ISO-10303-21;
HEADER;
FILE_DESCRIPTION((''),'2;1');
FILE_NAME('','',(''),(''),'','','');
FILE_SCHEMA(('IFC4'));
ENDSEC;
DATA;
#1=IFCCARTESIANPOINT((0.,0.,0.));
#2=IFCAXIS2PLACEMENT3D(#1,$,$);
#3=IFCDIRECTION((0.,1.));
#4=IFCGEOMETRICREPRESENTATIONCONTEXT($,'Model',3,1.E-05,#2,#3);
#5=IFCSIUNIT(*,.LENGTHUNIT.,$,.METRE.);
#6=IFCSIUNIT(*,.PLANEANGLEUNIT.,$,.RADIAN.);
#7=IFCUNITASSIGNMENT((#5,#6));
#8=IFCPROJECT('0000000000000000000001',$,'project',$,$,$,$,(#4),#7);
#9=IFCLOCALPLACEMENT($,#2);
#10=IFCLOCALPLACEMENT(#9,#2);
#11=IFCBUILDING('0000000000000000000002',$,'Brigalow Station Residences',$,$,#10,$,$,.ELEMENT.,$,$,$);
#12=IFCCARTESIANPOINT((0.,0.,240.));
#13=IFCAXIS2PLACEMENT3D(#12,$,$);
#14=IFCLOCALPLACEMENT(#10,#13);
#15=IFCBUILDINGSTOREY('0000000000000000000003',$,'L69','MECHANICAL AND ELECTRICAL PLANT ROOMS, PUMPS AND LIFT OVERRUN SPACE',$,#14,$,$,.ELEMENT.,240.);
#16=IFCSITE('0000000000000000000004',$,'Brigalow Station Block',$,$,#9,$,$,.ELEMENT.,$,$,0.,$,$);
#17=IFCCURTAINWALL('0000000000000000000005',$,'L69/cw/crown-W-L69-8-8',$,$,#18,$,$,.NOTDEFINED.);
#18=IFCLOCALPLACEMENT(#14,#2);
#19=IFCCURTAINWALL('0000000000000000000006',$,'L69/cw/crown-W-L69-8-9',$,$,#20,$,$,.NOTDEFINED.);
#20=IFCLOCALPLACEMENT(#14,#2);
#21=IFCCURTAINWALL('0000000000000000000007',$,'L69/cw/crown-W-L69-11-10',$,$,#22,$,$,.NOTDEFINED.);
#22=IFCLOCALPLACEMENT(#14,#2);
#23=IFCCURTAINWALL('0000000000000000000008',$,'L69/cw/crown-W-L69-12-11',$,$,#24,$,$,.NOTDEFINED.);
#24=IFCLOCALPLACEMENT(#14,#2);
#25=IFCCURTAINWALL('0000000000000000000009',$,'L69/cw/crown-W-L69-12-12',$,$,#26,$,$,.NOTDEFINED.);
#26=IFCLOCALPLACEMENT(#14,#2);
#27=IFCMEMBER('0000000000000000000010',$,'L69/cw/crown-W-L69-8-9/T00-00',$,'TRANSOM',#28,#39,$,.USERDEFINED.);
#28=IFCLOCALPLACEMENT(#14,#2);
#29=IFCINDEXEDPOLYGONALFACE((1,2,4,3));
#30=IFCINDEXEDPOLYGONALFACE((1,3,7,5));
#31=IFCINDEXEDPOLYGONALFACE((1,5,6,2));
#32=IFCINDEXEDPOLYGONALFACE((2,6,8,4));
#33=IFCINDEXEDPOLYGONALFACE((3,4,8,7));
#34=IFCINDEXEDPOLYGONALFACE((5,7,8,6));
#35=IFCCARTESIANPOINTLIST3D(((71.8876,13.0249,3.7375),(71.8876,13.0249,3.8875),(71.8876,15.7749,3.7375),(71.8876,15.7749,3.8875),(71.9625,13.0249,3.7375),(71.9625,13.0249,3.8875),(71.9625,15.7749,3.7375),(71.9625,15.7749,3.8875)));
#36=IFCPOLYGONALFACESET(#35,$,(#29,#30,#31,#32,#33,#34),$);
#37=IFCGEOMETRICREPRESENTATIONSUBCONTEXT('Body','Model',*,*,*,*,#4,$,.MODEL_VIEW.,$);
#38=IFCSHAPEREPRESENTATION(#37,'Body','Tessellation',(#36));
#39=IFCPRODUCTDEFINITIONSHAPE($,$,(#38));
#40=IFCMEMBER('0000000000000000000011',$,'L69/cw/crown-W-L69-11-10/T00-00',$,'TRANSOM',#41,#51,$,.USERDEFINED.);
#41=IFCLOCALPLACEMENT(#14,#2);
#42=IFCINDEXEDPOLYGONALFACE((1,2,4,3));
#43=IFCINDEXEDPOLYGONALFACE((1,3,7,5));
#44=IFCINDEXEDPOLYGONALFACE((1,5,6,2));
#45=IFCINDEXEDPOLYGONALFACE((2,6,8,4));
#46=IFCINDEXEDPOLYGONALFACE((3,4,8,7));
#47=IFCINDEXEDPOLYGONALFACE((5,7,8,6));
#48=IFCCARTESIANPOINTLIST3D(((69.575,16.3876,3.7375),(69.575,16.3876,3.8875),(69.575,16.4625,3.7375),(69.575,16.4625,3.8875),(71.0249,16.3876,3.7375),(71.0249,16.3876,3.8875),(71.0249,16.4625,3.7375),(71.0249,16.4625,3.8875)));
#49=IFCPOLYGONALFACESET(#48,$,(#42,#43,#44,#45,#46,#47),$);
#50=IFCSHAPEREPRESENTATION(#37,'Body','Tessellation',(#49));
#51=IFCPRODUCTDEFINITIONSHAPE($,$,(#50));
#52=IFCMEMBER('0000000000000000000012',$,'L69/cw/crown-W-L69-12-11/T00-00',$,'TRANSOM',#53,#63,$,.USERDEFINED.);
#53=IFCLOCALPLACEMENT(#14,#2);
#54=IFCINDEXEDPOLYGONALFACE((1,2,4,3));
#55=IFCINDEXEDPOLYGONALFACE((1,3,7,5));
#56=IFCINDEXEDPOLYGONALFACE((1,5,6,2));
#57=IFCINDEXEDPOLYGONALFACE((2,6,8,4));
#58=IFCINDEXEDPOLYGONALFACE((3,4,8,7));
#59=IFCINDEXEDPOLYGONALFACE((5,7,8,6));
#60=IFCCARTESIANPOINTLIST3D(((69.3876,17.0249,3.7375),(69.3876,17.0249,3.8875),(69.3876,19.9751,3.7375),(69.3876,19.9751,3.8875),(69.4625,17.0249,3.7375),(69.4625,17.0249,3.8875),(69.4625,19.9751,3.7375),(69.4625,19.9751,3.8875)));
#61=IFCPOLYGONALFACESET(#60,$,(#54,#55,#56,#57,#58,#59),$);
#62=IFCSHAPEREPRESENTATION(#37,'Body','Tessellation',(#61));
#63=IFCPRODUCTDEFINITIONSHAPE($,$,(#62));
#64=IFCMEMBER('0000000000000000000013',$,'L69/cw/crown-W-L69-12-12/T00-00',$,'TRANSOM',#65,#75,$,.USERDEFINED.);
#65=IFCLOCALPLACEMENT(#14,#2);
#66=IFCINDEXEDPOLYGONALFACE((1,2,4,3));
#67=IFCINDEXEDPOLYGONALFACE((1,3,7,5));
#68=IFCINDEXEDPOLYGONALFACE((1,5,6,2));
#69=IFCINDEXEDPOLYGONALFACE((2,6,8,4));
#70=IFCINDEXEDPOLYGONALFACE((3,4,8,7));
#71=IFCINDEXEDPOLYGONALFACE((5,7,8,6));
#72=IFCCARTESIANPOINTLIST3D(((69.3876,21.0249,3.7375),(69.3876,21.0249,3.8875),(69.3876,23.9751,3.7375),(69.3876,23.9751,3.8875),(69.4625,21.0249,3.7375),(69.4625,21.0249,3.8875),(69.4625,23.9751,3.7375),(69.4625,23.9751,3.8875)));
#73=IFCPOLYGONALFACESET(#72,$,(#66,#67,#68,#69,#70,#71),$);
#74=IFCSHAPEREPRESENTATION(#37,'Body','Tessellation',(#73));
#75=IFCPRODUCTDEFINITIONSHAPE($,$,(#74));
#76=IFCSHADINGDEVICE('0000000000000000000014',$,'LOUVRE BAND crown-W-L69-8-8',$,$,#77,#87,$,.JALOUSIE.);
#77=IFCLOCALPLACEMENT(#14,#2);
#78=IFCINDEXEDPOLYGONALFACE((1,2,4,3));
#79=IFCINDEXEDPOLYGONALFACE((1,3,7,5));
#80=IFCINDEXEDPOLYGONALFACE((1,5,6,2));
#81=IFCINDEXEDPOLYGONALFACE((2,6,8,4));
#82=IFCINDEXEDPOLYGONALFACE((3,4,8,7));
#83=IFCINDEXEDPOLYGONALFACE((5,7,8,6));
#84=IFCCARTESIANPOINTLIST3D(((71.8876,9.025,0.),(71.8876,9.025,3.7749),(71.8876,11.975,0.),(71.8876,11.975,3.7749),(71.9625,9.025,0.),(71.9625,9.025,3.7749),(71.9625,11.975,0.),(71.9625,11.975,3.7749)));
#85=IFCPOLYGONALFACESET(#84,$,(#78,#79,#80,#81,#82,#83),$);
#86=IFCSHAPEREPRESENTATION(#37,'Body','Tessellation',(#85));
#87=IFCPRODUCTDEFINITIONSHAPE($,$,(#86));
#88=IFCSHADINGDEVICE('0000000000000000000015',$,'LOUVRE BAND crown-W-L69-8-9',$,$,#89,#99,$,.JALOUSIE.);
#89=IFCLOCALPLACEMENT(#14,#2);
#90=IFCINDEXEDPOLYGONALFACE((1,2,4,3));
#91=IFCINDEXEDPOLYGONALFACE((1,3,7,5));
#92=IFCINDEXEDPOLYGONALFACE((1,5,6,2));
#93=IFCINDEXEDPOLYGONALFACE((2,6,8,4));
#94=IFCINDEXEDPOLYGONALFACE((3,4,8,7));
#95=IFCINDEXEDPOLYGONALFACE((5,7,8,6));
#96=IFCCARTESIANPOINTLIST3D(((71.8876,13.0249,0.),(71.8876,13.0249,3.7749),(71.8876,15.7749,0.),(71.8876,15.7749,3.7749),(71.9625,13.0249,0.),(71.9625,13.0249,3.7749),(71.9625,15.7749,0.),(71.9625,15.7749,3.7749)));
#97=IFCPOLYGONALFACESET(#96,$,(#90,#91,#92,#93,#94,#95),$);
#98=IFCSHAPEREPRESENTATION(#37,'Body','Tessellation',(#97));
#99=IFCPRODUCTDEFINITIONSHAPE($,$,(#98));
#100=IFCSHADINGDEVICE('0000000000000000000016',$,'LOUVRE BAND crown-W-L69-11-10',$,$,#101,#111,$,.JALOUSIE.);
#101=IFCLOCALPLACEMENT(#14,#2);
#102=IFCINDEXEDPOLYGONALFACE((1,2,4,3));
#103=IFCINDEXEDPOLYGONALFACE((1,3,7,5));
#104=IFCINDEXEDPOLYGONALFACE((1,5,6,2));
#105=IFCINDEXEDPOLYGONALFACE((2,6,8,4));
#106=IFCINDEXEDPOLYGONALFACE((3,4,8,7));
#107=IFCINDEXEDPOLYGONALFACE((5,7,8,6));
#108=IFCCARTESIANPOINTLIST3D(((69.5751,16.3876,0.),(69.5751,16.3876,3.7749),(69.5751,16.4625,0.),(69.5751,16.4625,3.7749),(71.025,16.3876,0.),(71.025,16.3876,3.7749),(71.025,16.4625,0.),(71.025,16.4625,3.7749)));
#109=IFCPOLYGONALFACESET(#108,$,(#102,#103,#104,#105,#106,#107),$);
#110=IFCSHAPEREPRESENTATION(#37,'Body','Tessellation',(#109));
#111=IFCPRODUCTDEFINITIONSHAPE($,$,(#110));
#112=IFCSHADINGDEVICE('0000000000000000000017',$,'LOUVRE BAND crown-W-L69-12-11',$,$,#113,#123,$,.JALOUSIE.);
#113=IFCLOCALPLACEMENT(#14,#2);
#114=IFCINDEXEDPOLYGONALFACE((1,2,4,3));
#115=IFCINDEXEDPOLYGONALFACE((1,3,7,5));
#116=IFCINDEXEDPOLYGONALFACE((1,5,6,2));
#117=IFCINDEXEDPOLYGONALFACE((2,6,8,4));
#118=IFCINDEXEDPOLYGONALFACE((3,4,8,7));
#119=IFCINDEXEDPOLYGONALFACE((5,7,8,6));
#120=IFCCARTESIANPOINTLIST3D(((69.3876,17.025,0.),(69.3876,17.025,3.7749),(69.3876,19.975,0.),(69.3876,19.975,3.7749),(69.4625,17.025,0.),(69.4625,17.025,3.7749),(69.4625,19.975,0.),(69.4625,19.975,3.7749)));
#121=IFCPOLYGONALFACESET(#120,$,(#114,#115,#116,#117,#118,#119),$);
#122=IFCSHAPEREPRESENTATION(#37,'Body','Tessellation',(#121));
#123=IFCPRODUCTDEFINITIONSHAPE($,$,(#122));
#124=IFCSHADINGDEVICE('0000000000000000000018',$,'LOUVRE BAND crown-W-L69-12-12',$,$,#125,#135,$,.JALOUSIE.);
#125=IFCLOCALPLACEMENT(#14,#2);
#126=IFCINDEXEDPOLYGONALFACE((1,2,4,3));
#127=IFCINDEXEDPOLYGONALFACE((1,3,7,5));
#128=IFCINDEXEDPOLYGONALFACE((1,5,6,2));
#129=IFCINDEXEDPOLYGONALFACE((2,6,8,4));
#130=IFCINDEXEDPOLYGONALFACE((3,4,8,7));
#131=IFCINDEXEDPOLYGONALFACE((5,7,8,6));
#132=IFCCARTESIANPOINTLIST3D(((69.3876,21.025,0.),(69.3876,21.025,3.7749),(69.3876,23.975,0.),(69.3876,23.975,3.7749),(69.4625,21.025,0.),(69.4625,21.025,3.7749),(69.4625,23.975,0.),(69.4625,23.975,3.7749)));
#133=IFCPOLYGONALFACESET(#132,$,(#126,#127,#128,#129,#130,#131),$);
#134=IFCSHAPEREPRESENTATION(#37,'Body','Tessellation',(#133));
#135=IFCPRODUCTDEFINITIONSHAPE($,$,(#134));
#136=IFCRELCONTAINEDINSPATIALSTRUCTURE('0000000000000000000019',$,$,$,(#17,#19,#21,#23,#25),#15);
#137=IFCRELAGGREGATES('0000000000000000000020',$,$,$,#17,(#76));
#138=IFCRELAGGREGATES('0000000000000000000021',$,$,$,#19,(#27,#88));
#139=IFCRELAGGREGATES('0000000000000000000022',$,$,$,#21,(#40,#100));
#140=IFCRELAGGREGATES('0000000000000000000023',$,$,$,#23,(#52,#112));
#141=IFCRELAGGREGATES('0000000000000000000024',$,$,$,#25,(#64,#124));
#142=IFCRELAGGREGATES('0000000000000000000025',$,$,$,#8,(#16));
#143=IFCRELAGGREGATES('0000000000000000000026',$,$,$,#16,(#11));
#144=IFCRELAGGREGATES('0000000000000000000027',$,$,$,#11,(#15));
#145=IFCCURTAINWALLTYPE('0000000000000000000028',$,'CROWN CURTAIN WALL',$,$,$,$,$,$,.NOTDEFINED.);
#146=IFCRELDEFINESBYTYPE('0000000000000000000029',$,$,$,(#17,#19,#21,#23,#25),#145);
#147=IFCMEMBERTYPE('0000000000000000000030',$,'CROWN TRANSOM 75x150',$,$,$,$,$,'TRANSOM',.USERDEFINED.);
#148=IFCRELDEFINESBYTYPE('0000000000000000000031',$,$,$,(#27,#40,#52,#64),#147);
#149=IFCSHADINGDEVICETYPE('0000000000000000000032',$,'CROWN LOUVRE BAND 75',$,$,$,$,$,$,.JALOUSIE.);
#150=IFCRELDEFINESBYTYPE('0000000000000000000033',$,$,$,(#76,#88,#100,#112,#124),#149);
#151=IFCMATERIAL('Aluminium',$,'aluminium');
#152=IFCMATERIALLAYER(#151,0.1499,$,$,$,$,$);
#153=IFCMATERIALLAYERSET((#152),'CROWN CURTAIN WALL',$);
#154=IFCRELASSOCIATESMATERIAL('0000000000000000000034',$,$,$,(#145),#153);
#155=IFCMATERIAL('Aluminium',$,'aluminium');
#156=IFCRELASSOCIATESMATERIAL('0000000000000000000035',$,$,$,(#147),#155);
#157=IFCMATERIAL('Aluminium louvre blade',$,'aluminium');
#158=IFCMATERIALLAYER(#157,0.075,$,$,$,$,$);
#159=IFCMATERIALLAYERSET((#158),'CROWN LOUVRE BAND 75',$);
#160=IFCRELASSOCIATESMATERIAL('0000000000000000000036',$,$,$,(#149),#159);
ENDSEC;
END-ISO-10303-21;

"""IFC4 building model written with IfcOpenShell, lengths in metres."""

from ifc_helpers import new_model, si_unit, direction, frame, origin, origin_2d, place, context, subcontext, project, spatial, rectangle, extrude, material, layer, layer_set, material_profile, profile_set, type_object, element, aggregate, save


model = new_model("IFC4")

# Units and contexts
model_context = context("Model", 3, precision=1e-05, world=origin(), true_north=direction((0.0, 1.0)))
body_context = subcontext(model_context, "Body", "Model", "MODEL_VIEW")
ifc_project = project(units=[si_unit("LENGTHUNIT", "METRE"), si_unit("PLANEANGLEUNIT", "RADIAN")], contexts=[model_context])

# Site, building, storey
site_placement = place(None, origin())
site = spatial("IfcSite", under=ifc_project, at=site_placement, Name="Brigalow Station Block", CompositionType="ELEMENT", RefElevation=0.0)
building_placement = place(site_placement, origin())
building = spatial("IfcBuilding", under=site, at=building_placement, Name="Brigalow Station Residences", CompositionType="ELEMENT")
storey_placement = place(building_placement, frame((0.0, 0.0, 240.0)))
storey = spatial("IfcBuildingStorey", under=building, at=storey_placement, Name="L69", Description="MECHANICAL AND ELECTRICAL PLANT ROOMS, PUMPS AND LIFT OVERRUN SPACE", CompositionType="ELEMENT", Elevation=240.0)

# Curtain wall
ifc_material_1 = material(Name="Aluminium", Category="aluminium")
ifc_layer_1 = layer(ifc_material_1, 0.1499)
ifc_layer_set_1 = layer_set([ifc_layer_1], Name="CROWN CURTAIN WALL")
curtain_wall_type = type_object("IfcCurtainWallType", Name="CROWN CURTAIN WALL", PredefinedType="NOTDEFINED", material=ifc_layer_set_1)
curtain_wall_1_placement = place(storey_placement, origin())
curtain_wall_1 = element("IfcCurtainWall", 1, at=curtain_wall_1_placement, inside=storey, type_object=curtain_wall_type, Name="L69/cw/crown-W-L69-8-8", PredefinedType="NOTDEFINED")

# Curtain walls
curtain_wall_2_placement = place(storey_placement, origin())
curtain_wall_2 = element("IfcCurtainWall", 2, at=curtain_wall_2_placement, inside=storey, type_object=curtain_wall_type, Name="L69/cw/crown-W-L69-8-9", PredefinedType="NOTDEFINED")
curtain_wall_3_placement = place(storey_placement, origin())
curtain_wall_3 = element("IfcCurtainWall", 3, at=curtain_wall_3_placement, inside=storey, type_object=curtain_wall_type, Name="L69/cw/crown-W-L69-11-10", PredefinedType="NOTDEFINED")
curtain_wall_4_placement = place(storey_placement, origin())
curtain_wall_4 = element("IfcCurtainWall", 4, at=curtain_wall_4_placement, inside=storey, type_object=curtain_wall_type, Name="L69/cw/crown-W-L69-12-11", PredefinedType="NOTDEFINED")
curtain_wall_5_placement = place(storey_placement, origin())
curtain_wall_5 = element("IfcCurtainWall", 5, at=curtain_wall_5_placement, inside=storey, type_object=curtain_wall_type, Name="L69/cw/crown-W-L69-12-12", PredefinedType="NOTDEFINED")

# Members
ifc_material_2 = material(Name="Aluminium", Category="aluminium")
ifc_material_profile_1 = material_profile(ifc_material_2, rectangle(XDim=0.075, YDim=0.1499, at=origin_2d()), Name="CROWN TRANSOM 75x150")
ifc_profile_set_1 = profile_set([ifc_material_profile_1], Name="Aluminium")
member_type_1 = type_object("IfcMemberType", Name="CROWN TRANSOM 75x150", ElementType="TRANSOM", PredefinedType="USERDEFINED", material=ifc_profile_set_1)
member_1_placement = place(storey_placement, frame((71.925, 13.0249, 3.8125), z_axis=(0.0, 1.0, 0.0), x_axis=(-1.0, 0.0, 0.0)))
member_1 = element("IfcMember", 6, at=member_1_placement, type_object=member_type_1, Name="L69/cw/crown-W-L69-8-9/T00-00", ObjectType="TRANSOM", PredefinedType="USERDEFINED", context=body_context, shape_type="SweptSolid", body=[
    extrude(rectangle(XDim=0.075, YDim=0.1499, at=origin_2d()), origin(), (0.0, 0.0, 1.0), 2.75),
])
member_2_placement = place(storey_placement, frame((71.0249, 16.425, 3.8125), z_axis=(-1.0, 0.0, 0.0), x_axis=(0.0, -1.0, 0.0)))
member_2 = element("IfcMember", 7, at=member_2_placement, type_object=member_type_1, Name="L69/cw/crown-W-L69-11-10/T00-00", ObjectType="TRANSOM", PredefinedType="USERDEFINED", context=body_context, shape_type="SweptSolid", body=[
    extrude(rectangle(XDim=0.075, YDim=0.1499, at=origin_2d()), origin(), (0.0, 0.0, 1.0), 1.45),
])
member_3_placement = place(storey_placement, frame((69.425, 17.0249, 3.8125), z_axis=(0.0, 1.0, 0.0), x_axis=(-1.0, 0.0, 0.0)))
member_3 = element("IfcMember", 8, at=member_3_placement, type_object=member_type_1, Name="L69/cw/crown-W-L69-12-11/T00-00", ObjectType="TRANSOM", PredefinedType="USERDEFINED", context=body_context, shape_type="SweptSolid", body=[
    extrude(rectangle(XDim=0.075, YDim=0.1499, at=origin_2d()), origin(), (0.0, 0.0, 1.0), 2.9502),
])
member_4_placement = place(storey_placement, frame((69.425, 21.0249, 3.8125), z_axis=(0.0, 1.0, 0.0), x_axis=(-1.0, 0.0, 0.0)))
member_4 = element("IfcMember", 9, at=member_4_placement, type_object=member_type_1, Name="L69/cw/crown-W-L69-12-12/T00-00", ObjectType="TRANSOM", PredefinedType="USERDEFINED", context=body_context, shape_type="SweptSolid", body=[
    extrude(rectangle(XDim=0.075, YDim=0.1499, at=origin_2d()), origin(), (0.0, 0.0, 1.0), 2.9502),
])

# Shading devices
ifc_material_3 = material(Name="Aluminium louvre blade", Category="aluminium")
ifc_layer_2 = layer(ifc_material_3, 0.075)
ifc_layer_set_2 = layer_set([ifc_layer_2], Name="CROWN LOUVRE BAND 75")
shading_device_type = type_object("IfcShadingDeviceType", Name="CROWN LOUVRE BAND 75", PredefinedType="JALOUSIE", material=ifc_layer_set_2)
shading_device_1_placement = place(storey_placement, frame((71.925, 10.5, 0.0), z_axis=(0.0, 0.0, 1.0), x_axis=(0.0, 1.0, 0.0)))
shading_device_1 = element("IfcShadingDevice", 10, at=shading_device_1_placement, type_object=shading_device_type, Name="LOUVRE BAND crown-W-L69-8-8", PredefinedType="JALOUSIE", context=body_context, shape_type="SweptSolid", body=[
    extrude(rectangle(XDim=2.95, YDim=0.075, at=origin_2d()), origin(), (0.0, 0.0, 1.0), 3.7749),
])
aggregate(curtain_wall_1, [shading_device_1])
shading_device_2_placement = place(storey_placement, frame((71.925, 14.3999, 0.0), z_axis=(0.0, 0.0, 1.0), x_axis=(0.0, 1.0, 0.0)))
shading_device_2 = element("IfcShadingDevice", 11, at=shading_device_2_placement, type_object=shading_device_type, Name="LOUVRE BAND crown-W-L69-8-9", PredefinedType="JALOUSIE", context=body_context, shape_type="SweptSolid", body=[
    extrude(rectangle(XDim=2.75, YDim=0.075, at=origin_2d()), origin(), (0.0, 0.0, 1.0), 3.7749),
])
aggregate(curtain_wall_2, [member_1, shading_device_2])
shading_device_3_placement = place(storey_placement, frame((70.3, 16.425, 0.0), z_axis=(0.0, 0.0, 1.0), x_axis=(-1.0, 0.0, 0.0)))
shading_device_3 = element("IfcShadingDevice", 12, at=shading_device_3_placement, type_object=shading_device_type, Name="LOUVRE BAND crown-W-L69-11-10", PredefinedType="JALOUSIE", context=body_context, shape_type="SweptSolid", body=[
    extrude(rectangle(XDim=1.45, YDim=0.075, at=origin_2d()), origin(), (0.0, 0.0, 1.0), 3.7749),
])
aggregate(curtain_wall_3, [member_2, shading_device_3])
shading_device_4_placement = place(storey_placement, frame((69.425, 18.5, 0.0), z_axis=(0.0, 0.0, 1.0), x_axis=(0.0, 1.0, 0.0)))
shading_device_4 = element("IfcShadingDevice", 13, at=shading_device_4_placement, type_object=shading_device_type, Name="LOUVRE BAND crown-W-L69-12-11", PredefinedType="JALOUSIE", context=body_context, shape_type="SweptSolid", body=[
    extrude(rectangle(XDim=2.95, YDim=0.075, at=origin_2d()), origin(), (0.0, 0.0, 1.0), 3.7749),
])
aggregate(curtain_wall_4, [member_3, shading_device_4])
shading_device_5_placement = place(storey_placement, frame((69.425, 22.5, 0.0), z_axis=(0.0, 0.0, 1.0), x_axis=(0.0, 1.0, 0.0)))
shading_device_5 = element("IfcShadingDevice", 14, at=shading_device_5_placement, type_object=shading_device_type, Name="LOUVRE BAND crown-W-L69-12-12", PredefinedType="JALOUSIE", context=body_context, shape_type="SweptSolid", body=[
    extrude(rectangle(XDim=2.95, YDim=0.075, at=origin_2d()), origin(), (0.0, 0.0, 1.0), 3.7749),
])
aggregate(curtain_wall_5, [member_4, shading_device_5])

save(model, "model.ifc")
